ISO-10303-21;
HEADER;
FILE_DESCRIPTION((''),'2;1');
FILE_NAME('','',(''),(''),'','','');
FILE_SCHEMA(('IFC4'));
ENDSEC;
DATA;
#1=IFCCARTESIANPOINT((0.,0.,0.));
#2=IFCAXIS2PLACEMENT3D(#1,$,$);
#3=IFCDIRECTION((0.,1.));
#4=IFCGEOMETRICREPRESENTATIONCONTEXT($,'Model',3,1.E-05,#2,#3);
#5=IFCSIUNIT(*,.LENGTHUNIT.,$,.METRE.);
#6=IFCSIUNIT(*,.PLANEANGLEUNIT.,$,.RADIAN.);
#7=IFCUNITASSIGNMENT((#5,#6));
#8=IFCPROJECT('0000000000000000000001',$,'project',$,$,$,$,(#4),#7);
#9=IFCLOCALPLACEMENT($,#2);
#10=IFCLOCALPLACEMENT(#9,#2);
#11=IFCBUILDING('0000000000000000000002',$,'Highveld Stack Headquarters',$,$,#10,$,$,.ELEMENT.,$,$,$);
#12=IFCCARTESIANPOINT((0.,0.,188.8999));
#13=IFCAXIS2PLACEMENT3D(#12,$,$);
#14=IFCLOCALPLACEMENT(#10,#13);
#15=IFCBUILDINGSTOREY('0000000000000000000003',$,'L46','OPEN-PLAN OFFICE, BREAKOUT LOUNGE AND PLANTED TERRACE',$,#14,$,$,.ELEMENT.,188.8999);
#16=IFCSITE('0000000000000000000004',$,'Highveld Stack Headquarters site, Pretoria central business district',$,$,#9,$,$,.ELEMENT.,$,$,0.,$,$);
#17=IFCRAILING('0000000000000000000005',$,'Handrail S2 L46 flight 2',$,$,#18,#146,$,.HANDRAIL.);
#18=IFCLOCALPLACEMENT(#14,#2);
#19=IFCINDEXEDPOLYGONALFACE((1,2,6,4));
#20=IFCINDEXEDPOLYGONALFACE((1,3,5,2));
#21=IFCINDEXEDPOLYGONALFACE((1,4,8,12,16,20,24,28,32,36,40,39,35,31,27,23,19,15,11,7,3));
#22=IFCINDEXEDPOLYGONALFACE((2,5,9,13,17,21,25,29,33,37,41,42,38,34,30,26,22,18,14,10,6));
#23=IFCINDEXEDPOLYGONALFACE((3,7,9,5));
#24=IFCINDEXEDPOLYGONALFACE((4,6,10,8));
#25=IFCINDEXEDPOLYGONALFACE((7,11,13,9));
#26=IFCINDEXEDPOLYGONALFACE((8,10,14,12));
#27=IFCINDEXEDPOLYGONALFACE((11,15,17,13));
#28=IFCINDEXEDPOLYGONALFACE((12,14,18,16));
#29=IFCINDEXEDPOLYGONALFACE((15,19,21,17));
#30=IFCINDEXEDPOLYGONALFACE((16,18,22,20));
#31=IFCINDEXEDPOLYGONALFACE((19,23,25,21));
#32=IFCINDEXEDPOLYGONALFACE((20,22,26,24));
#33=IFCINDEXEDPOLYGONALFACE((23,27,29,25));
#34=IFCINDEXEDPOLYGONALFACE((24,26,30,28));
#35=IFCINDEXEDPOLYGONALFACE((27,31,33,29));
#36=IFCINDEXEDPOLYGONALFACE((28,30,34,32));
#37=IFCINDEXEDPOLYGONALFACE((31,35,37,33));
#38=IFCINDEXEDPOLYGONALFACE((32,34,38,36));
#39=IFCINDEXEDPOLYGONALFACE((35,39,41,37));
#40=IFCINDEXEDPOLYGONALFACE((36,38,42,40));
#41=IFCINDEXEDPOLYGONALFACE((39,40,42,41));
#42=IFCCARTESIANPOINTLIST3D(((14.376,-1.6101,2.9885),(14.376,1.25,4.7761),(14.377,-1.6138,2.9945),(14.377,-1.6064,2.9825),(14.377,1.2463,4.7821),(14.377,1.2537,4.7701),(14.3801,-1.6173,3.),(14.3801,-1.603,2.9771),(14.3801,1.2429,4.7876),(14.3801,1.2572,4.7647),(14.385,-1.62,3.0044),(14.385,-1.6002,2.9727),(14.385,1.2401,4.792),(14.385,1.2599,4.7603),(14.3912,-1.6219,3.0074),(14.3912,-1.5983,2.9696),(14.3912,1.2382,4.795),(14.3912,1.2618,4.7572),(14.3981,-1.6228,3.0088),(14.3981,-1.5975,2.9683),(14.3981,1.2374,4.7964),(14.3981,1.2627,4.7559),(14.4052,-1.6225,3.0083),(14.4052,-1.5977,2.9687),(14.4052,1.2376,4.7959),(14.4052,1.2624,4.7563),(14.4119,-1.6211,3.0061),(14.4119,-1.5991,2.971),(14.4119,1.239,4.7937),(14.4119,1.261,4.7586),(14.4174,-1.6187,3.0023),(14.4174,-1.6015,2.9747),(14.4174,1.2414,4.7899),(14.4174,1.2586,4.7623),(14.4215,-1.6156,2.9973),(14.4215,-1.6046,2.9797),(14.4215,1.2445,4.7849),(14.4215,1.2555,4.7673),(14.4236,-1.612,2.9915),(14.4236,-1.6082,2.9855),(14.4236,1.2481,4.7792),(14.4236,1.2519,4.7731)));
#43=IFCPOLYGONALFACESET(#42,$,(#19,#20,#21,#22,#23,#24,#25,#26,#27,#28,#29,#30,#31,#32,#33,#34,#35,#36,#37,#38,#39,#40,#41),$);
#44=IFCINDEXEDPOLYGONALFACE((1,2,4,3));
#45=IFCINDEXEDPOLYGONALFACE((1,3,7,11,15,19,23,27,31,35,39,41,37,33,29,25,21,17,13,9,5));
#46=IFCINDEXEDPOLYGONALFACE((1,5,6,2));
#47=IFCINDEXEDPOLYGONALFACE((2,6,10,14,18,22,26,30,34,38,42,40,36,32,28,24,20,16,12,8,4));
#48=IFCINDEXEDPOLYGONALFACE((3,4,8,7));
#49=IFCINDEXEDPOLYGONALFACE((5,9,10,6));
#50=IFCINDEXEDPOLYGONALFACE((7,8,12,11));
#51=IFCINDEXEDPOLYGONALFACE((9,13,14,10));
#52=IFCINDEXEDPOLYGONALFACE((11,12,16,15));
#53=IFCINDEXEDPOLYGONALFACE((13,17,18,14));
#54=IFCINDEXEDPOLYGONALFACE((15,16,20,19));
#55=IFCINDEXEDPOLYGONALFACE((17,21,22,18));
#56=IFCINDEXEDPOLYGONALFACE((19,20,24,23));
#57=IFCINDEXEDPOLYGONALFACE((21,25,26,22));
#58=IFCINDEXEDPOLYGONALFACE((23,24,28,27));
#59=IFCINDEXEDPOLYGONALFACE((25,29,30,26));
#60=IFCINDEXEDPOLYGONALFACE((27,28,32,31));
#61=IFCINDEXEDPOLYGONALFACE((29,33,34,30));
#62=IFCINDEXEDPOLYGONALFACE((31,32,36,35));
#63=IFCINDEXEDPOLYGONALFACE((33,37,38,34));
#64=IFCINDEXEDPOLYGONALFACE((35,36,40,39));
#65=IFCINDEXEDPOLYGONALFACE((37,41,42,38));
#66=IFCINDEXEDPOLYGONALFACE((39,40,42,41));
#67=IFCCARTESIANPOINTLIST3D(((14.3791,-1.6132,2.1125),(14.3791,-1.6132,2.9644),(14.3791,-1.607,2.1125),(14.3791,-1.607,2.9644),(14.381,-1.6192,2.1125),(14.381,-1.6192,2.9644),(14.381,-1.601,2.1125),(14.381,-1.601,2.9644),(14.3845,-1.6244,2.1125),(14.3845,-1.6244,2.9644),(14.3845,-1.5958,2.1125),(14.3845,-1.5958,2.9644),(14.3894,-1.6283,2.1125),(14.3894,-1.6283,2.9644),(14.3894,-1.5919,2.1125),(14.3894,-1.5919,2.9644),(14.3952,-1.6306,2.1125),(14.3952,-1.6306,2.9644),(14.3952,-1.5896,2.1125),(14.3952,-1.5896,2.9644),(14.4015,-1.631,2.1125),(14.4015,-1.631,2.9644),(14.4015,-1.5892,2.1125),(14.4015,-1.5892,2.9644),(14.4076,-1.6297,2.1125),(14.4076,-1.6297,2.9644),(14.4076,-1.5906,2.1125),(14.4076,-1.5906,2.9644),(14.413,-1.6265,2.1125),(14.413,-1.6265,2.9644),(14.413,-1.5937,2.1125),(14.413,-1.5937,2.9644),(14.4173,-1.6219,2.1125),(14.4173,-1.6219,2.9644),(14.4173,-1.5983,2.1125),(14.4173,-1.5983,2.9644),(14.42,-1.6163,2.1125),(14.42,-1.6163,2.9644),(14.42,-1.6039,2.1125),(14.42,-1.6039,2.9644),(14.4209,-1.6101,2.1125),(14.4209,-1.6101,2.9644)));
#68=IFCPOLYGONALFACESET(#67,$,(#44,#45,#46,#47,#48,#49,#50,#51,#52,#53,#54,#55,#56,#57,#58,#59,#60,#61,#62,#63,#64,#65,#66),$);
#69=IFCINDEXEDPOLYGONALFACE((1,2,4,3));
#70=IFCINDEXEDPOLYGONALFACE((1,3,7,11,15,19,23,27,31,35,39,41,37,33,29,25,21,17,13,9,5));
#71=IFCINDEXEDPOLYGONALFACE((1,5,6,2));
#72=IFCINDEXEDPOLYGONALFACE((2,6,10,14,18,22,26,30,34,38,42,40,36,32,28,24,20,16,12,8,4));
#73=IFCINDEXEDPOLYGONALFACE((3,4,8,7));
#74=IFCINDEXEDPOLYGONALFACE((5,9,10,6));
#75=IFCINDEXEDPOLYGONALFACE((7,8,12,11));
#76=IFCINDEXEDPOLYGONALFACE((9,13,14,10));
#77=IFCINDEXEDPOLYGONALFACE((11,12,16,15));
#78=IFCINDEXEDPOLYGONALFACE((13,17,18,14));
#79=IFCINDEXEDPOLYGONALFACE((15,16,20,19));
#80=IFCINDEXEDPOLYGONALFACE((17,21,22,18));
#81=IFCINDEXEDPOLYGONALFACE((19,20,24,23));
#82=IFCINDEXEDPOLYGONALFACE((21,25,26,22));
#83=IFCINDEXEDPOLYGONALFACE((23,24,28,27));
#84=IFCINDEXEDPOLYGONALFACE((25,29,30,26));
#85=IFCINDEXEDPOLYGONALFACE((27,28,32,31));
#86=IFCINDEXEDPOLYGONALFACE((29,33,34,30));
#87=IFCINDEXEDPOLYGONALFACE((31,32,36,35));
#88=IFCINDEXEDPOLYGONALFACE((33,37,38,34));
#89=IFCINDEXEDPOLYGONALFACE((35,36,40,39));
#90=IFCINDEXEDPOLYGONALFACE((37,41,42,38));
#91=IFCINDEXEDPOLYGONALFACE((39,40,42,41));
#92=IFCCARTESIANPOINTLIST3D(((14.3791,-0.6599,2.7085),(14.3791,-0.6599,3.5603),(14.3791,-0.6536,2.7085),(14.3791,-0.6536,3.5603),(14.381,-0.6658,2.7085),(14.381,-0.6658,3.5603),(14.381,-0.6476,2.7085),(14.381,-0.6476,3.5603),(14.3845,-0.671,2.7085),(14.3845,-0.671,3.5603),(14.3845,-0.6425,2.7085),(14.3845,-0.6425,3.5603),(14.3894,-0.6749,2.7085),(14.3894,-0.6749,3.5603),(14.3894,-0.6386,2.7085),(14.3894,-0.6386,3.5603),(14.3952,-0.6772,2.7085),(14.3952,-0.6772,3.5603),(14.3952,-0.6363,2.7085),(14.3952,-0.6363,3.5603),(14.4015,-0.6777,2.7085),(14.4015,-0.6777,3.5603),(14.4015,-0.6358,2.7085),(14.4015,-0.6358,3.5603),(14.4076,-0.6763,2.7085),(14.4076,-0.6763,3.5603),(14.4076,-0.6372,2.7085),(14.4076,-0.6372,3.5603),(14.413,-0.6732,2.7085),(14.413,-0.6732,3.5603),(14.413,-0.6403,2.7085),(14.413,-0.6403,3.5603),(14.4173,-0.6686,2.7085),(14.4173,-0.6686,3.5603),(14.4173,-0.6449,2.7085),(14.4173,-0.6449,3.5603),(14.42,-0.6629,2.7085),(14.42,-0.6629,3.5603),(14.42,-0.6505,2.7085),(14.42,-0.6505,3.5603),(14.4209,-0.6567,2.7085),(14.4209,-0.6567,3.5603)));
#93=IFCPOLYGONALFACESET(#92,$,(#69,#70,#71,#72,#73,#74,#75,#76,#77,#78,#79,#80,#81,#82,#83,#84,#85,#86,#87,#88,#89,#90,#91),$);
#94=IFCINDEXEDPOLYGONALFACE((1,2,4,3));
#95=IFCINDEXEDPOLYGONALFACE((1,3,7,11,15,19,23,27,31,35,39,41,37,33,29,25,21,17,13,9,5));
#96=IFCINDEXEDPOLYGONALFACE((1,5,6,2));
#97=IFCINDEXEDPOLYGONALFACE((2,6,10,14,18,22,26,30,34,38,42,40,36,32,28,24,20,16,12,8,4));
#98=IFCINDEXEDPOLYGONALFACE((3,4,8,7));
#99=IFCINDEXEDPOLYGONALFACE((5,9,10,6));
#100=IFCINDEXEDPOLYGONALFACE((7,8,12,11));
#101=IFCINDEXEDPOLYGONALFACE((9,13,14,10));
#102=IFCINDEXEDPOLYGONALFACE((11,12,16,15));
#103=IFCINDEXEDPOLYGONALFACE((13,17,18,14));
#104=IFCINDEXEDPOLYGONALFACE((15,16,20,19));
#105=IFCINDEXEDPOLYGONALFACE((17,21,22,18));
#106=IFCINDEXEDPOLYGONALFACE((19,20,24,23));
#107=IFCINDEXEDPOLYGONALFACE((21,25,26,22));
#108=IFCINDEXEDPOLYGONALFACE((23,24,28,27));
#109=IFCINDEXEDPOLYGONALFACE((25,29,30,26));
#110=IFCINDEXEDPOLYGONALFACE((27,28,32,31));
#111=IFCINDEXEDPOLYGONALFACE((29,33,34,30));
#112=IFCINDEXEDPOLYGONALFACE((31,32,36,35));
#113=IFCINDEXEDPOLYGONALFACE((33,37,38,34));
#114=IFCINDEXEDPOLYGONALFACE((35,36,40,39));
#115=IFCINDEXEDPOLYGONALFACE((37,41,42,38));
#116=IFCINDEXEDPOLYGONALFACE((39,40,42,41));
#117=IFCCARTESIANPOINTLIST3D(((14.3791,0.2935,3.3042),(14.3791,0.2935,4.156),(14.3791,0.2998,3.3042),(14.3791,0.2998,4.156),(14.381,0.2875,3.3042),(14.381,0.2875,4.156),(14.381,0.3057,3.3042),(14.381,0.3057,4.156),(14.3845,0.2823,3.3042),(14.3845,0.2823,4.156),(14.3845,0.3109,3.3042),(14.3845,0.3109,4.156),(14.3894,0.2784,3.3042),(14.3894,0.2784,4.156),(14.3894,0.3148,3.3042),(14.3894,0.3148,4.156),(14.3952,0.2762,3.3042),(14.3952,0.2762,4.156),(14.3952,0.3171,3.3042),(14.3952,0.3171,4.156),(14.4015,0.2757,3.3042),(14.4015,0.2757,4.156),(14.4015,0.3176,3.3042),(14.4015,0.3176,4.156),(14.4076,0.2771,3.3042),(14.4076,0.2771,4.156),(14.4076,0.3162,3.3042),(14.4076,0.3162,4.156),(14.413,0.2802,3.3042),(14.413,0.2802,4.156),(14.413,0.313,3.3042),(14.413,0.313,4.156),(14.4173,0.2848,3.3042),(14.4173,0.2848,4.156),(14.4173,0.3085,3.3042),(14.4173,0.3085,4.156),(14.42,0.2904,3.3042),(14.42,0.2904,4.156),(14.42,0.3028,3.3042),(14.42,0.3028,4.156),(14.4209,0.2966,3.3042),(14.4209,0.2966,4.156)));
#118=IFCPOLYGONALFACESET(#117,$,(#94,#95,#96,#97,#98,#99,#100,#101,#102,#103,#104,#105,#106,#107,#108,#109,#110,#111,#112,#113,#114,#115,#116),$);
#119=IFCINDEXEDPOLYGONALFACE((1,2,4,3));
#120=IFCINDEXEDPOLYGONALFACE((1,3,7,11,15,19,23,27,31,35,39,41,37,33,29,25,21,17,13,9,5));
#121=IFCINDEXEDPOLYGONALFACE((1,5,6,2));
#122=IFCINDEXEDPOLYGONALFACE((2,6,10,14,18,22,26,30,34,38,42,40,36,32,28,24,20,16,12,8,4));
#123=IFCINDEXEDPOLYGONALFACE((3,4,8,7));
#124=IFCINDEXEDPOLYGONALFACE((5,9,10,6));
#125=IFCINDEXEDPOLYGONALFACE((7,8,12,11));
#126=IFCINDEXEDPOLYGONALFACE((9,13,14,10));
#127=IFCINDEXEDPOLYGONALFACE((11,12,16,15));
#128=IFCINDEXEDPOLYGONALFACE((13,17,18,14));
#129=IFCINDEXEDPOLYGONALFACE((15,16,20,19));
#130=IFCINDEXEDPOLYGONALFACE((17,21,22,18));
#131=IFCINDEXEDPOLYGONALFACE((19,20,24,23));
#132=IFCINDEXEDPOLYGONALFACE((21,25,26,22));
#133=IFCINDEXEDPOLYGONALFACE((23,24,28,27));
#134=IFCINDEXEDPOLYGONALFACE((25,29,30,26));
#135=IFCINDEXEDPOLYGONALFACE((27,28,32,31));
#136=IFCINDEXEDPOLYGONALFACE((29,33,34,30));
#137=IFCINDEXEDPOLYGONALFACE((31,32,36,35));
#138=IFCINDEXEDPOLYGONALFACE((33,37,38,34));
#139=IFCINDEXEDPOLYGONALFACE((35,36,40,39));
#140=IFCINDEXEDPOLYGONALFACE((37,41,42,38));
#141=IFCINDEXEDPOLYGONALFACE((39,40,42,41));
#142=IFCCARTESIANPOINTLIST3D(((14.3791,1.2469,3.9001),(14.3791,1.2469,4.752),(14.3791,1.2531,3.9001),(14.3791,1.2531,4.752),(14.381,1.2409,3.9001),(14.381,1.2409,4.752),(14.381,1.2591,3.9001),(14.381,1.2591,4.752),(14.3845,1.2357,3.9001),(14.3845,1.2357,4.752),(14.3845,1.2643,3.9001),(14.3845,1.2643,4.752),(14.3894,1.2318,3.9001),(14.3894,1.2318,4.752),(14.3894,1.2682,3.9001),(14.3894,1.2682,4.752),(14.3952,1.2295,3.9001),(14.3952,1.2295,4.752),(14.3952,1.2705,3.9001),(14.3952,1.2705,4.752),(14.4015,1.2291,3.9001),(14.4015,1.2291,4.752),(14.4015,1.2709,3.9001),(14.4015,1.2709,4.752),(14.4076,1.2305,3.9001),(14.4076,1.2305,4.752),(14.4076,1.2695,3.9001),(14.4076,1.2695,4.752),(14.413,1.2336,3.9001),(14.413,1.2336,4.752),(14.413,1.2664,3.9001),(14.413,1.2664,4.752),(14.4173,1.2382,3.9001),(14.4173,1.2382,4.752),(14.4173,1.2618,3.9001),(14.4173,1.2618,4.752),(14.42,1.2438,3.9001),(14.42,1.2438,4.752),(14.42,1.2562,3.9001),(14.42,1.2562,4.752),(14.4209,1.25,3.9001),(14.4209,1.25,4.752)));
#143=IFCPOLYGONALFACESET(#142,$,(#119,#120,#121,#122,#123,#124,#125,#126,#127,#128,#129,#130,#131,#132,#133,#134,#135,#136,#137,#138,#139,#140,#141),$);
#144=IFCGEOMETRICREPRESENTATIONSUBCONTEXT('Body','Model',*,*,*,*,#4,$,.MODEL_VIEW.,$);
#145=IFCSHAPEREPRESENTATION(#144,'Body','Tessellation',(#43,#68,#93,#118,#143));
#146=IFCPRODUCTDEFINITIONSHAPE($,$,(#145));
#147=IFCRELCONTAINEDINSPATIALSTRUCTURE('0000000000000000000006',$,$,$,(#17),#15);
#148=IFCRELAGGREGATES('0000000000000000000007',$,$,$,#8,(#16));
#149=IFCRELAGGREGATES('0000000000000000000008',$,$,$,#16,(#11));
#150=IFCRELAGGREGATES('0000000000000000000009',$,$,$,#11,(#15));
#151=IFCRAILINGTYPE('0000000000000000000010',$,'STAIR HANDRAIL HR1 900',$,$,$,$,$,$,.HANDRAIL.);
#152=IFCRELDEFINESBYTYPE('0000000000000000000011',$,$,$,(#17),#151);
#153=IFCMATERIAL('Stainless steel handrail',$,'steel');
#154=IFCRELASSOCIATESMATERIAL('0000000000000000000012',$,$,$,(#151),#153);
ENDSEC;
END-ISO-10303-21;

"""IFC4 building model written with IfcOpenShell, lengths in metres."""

from ifc_helpers import new_model, si_unit, direction, frame, origin, origin_2d, place, context, subcontext, project, spatial, circle, extrude, material, type_object, element, save


model = new_model("IFC4")

# Units and contexts
model_context = context("Model", 3, precision=1e-05, world=origin(), true_north=direction((0.0, 1.0)))
body_context = subcontext(model_context, "Body", "Model", "MODEL_VIEW")
ifc_project = project(units=[si_unit("LENGTHUNIT", "METRE"), si_unit("PLANEANGLEUNIT", "RADIAN")], contexts=[model_context])

# Site, building, storey
site_placement = place(None, origin())
site = spatial("IfcSite", under=ifc_project, at=site_placement, Name="Highveld Stack Headquarters site, Pretoria central business district", CompositionType="ELEMENT", RefElevation=0.0)
building_placement = place(site_placement, origin())
building = spatial("IfcBuilding", under=site, at=building_placement, Name="Highveld Stack Headquarters", CompositionType="ELEMENT")
storey_placement = place(building_placement, frame((0.0, 0.0, 188.8999)))
storey = spatial("IfcBuildingStorey", under=building, at=storey_placement, Name="L46", Description="OPEN-PLAN OFFICE, BREAKOUT LOUNGE AND PLANTED TERRACE", CompositionType="ELEMENT", Elevation=188.8999)

# Railing
ifc_material_1 = material(Name="Stainless steel handrail", Category="steel")
railing_type = type_object("IfcRailingType", Name="STAIR HANDRAIL HR1 900", PredefinedType="HANDRAIL", material=ifc_material_1)
for number, where, name in (
    (1, (14.3999, -1.6101, 2.1125), "Handrail S2 L46 flight 2"),
):
    element("IfcRailing", number, at=place(storey_placement, frame(where)), inside=storey, type_object=railing_type, Name=name, PredefinedType="HANDRAIL", context=body_context, shape_type="SweptSolid", body=[
        extrude(circle(Radius=0.0239, at=origin_2d()), frame((0.0, 0.0, 0.876), z_axis=(0.0, 0.847994, 0.530005), x_axis=(-1.0, 0.0, 0.0)), (0.0, 0.0, 1.0), 3.3728),
        extrude(circle(Radius=0.021, at=origin_2d()), origin(), (0.0, 0.0, 1.0), 0.8518),
        extrude(circle(Radius=0.021, at=origin_2d()), frame((0.0, 0.9534, 0.5959)), (0.0, 0.0, 1.0), 0.8518),
        extrude(circle(Radius=0.021, at=origin_2d()), frame((0.0, 1.9067, 1.1917)), (0.0, 0.0, 1.0), 0.8518),
        extrude(circle(Radius=0.021, at=origin_2d()), frame((0.0, 2.8601, 1.7876)), (0.0, 0.0, 1.0), 0.8518),
    ])

save(model, "model.ifc")
